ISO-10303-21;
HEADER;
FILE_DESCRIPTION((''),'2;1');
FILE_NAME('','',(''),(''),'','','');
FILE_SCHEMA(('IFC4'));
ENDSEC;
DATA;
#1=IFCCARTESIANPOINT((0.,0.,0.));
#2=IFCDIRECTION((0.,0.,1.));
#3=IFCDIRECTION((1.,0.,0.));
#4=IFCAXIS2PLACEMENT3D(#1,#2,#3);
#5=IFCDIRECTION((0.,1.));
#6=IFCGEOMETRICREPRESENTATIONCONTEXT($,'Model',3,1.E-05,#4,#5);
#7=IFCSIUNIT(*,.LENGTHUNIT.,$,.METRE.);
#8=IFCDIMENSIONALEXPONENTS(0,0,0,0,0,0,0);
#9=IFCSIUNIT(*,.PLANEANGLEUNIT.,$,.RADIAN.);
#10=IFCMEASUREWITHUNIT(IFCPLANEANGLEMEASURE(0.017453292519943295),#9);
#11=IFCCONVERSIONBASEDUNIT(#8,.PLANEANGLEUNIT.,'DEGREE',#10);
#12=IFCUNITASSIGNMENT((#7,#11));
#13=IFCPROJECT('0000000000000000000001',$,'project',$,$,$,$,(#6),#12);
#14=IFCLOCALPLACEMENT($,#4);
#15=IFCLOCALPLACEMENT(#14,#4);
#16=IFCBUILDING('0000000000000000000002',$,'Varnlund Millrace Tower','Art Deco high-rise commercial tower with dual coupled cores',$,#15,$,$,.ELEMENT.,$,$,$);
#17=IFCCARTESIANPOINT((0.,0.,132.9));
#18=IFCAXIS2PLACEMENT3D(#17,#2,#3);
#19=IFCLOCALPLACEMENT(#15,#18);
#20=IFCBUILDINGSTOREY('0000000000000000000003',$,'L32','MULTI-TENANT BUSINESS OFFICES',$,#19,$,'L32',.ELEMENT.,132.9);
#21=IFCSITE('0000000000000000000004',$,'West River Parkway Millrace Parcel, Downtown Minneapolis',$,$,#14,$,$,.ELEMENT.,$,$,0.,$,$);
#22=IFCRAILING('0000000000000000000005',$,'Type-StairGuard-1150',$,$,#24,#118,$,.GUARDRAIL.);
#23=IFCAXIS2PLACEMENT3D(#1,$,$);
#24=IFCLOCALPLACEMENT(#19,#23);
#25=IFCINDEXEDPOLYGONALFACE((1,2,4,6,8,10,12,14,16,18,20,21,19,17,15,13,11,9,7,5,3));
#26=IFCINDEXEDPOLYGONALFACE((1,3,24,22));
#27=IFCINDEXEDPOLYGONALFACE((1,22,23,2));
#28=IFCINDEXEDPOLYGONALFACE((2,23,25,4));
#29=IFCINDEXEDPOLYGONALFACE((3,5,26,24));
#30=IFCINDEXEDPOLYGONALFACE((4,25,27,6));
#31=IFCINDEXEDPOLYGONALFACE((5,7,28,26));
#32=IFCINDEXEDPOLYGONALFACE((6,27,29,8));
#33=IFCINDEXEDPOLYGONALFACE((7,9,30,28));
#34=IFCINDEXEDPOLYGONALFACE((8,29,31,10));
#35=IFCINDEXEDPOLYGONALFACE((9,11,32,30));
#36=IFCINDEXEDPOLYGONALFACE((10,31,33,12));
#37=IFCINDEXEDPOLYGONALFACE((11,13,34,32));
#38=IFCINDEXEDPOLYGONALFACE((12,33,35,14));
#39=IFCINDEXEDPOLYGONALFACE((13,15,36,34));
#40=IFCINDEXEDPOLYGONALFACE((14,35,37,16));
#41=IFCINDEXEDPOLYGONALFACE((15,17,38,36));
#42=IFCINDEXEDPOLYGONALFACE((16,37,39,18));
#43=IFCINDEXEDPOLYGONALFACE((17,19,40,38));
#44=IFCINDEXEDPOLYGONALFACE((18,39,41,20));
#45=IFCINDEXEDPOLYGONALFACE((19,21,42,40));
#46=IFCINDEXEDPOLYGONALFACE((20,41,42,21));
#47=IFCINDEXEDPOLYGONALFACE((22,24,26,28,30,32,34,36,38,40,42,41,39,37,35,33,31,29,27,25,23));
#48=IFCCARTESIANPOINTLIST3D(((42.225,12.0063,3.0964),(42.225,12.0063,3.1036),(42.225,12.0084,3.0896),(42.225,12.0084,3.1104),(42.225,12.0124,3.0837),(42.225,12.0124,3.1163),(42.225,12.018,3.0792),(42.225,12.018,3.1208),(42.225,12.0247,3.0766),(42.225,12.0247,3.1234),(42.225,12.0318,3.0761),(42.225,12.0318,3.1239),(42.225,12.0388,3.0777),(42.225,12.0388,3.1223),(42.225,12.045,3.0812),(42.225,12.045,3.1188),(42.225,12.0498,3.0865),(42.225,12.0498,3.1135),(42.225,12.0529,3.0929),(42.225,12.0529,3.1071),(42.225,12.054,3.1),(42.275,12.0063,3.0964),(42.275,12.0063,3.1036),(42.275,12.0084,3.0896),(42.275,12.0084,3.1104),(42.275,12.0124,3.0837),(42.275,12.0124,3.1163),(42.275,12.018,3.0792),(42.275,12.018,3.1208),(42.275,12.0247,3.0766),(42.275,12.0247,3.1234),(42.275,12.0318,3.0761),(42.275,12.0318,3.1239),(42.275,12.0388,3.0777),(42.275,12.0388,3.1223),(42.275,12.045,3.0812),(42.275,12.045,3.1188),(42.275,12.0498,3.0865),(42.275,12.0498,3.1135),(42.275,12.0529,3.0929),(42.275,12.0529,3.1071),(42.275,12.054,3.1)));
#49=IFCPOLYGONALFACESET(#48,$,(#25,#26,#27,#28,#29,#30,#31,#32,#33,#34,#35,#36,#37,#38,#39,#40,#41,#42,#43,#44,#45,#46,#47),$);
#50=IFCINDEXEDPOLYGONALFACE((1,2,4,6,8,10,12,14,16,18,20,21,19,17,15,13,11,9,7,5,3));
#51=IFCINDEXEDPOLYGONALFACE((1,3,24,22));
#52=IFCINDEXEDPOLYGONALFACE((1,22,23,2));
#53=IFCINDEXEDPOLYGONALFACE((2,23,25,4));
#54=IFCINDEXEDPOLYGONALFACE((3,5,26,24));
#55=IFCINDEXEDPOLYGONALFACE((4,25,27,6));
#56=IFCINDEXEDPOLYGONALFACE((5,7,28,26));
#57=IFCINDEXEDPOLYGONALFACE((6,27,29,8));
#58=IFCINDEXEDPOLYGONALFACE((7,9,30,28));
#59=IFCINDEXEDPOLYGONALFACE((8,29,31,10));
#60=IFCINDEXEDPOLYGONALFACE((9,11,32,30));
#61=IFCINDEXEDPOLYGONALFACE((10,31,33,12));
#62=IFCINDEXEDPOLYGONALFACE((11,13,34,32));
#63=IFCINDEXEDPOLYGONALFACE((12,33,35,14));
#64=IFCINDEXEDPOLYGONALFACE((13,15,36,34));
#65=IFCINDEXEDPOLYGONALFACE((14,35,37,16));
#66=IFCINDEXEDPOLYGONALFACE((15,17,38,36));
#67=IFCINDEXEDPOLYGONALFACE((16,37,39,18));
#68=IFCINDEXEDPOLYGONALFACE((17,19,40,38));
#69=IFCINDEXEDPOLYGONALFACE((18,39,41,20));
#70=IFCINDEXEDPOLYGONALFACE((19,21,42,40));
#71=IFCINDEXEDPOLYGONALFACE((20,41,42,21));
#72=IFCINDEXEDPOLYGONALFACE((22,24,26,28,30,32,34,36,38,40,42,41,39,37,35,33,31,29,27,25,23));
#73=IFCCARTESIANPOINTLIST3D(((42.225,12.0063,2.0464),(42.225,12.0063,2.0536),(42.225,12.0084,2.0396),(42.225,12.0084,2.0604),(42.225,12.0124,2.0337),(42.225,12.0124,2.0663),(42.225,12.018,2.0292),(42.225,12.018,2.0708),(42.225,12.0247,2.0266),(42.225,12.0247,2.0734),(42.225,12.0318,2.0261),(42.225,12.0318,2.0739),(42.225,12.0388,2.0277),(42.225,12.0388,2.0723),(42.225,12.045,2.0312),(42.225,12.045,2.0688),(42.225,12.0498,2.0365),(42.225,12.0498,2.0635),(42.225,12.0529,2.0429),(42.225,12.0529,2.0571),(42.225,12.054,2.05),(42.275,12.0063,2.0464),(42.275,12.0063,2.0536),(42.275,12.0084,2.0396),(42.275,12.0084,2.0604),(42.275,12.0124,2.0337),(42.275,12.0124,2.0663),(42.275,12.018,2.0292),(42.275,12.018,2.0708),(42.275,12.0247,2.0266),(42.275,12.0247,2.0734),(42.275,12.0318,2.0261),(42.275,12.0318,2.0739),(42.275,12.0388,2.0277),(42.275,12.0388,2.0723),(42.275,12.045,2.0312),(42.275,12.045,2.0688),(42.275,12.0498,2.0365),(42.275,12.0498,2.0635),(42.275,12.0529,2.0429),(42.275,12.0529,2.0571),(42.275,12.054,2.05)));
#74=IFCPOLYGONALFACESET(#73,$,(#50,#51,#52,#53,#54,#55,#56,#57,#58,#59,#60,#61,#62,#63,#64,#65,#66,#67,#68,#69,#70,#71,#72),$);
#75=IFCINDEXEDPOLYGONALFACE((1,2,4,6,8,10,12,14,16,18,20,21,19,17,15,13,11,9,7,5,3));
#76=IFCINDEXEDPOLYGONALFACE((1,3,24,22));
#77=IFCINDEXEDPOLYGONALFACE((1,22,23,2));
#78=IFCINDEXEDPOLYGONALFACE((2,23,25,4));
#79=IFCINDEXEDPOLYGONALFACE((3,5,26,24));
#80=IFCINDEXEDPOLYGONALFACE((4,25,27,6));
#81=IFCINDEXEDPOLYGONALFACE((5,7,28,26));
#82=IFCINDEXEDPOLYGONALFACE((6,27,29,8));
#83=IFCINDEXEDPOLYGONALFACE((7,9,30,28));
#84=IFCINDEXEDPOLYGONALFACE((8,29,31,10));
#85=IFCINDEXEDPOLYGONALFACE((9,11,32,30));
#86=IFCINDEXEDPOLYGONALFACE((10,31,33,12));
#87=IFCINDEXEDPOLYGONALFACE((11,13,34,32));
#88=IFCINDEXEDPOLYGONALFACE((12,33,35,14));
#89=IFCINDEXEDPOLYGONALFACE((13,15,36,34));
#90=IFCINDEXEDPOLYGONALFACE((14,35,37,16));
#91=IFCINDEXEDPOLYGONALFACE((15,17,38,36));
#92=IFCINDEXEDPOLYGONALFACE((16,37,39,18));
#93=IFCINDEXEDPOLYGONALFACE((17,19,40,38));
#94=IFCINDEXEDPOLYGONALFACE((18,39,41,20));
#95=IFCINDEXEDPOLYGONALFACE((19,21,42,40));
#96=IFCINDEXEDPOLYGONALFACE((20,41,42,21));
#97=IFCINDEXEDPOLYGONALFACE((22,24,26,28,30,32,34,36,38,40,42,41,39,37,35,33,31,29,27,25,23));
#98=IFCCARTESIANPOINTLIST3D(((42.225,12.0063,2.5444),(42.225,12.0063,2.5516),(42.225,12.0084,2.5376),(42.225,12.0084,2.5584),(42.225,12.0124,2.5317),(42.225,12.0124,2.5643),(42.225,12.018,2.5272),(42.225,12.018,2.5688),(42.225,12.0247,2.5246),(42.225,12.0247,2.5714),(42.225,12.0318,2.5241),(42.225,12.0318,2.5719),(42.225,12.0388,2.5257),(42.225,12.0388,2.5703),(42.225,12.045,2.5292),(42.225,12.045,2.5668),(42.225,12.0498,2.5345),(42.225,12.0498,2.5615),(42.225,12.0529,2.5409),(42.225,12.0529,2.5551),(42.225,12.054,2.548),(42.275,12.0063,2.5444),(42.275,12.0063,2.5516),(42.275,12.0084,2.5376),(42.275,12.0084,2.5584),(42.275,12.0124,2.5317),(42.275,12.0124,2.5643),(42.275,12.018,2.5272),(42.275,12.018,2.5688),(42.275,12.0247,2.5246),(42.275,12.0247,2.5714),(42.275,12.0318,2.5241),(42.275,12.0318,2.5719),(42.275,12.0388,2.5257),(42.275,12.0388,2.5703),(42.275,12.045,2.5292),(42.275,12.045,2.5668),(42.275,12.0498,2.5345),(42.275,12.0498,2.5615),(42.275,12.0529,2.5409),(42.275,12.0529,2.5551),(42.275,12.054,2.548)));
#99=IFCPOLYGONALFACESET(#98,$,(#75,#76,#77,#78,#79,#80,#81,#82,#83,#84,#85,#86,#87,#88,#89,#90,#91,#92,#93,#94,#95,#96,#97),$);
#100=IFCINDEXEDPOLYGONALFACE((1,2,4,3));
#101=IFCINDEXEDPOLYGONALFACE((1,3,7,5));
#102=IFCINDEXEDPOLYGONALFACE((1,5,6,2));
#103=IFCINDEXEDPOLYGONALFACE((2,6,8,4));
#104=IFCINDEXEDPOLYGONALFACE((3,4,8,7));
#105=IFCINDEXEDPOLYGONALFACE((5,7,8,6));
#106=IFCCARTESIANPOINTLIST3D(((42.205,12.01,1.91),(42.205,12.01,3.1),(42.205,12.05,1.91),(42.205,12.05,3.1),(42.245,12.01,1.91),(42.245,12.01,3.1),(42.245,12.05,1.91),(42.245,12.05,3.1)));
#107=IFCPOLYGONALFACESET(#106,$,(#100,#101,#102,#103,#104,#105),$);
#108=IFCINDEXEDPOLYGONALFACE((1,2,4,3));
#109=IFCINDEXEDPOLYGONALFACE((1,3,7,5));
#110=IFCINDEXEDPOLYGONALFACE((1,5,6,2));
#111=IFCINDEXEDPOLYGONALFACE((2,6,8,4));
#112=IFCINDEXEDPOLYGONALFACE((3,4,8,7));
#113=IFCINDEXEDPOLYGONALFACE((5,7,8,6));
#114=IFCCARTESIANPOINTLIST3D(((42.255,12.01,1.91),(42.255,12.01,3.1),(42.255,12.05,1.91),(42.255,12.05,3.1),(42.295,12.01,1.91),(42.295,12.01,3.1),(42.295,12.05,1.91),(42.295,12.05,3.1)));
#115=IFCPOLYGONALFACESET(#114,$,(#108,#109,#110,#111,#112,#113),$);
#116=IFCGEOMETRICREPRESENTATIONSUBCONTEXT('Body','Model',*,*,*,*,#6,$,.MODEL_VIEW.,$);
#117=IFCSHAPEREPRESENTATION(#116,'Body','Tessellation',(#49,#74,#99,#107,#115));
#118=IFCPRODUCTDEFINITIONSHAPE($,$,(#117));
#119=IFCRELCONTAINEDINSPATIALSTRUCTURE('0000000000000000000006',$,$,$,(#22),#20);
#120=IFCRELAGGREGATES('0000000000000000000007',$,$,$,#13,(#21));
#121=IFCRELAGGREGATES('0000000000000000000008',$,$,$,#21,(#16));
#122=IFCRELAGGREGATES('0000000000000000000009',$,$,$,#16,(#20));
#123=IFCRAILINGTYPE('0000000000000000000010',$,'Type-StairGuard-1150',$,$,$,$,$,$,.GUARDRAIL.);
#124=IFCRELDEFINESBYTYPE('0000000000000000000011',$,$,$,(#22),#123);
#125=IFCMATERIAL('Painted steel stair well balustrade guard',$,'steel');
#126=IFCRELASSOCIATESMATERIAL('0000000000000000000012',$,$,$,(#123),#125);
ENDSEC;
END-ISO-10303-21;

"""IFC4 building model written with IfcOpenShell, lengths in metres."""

from ifc_helpers import new_model, entity, si_unit, converted_unit, direction, frame, origin_with_axes, origin_2d_with_axis, place, context, subcontext, project, spatial, rectangle, circle, extrude, material, type_object, element, save


model = new_model("IFC4")

# Units and contexts
model_context = context("Model", 3, precision=1e-05, world=origin_with_axes(), true_north=direction((0.0, 1.0)))
body_context = subcontext(model_context, "Body", "Model", "MODEL_VIEW")
ifc_project = project(units=[si_unit("LENGTHUNIT", "METRE"), converted_unit("PLANEANGLEUNIT", "DEGREE", entity("IfcPlaneAngleMeasure", 0.017453292519943295), si_unit("PLANEANGLEUNIT", "RADIAN"), dimensions=[0, 0, 0, 0, 0, 0, 0])], contexts=[model_context])

# Site, building, storey
site_placement = place(None, origin_with_axes())
site = spatial("IfcSite", under=ifc_project, at=site_placement, Name="West River Parkway Millrace Parcel, Downtown Minneapolis", CompositionType="ELEMENT", RefElevation=0.0)
building_placement = place(site_placement, origin_with_axes())
building = spatial("IfcBuilding", under=site, at=building_placement, Name="Varnlund Millrace Tower", Description="Art Deco high-rise commercial tower with dual coupled cores", CompositionType="ELEMENT")
storey_placement = place(building_placement, frame((0.0, 0.0, 132.9), z_axis=(0.0, 0.0, 1.0), x_axis=(1.0, 0.0, 0.0)))
storey = spatial("IfcBuildingStorey", under=building, at=storey_placement, Name="L32", Description="MULTI-TENANT BUSINESS OFFICES", LongName="L32", CompositionType="ELEMENT", Elevation=132.9)

# Railing
ifc_material_1 = material(Name="Painted steel stair well balustrade guard", Category="steel")
railing_type_1 = type_object("IfcRailingType", Name="Type-StairGuard-1150", PredefinedType="GUARDRAIL", material=ifc_material_1)
railing_1_placement = place(storey_placement, frame((0.0, 0.0, -132.9), z_axis=(0.0, 0.0, 1.0), x_axis=(1.0, 0.0, 0.0)))
element("IfcRailing", 1, at=railing_1_placement, inside=storey, type_object=railing_type_1, Name="Type-StairGuard-1150", PredefinedType="GUARDRAIL", context=body_context, shape_type="SweptSolid", body=[
    extrude(circle(Radius=0.024, at=origin_2d_with_axis()), frame((42.225, 12.03, 136.0), z_axis=(1.0, 0.0, 0.0), x_axis=(0.0, 1.0, 0.0)), (0.0, 0.0, 1.0), 0.05),
    extrude(circle(Radius=0.024, at=origin_2d_with_axis()), frame((42.225, 12.03, 134.95), z_axis=(1.0, 0.0, 0.0), x_axis=(0.0, 1.0, 0.0)), (0.0, 0.0, 1.0), 0.05),
    extrude(circle(Radius=0.024, at=origin_2d_with_axis()), frame((42.225, 12.03, 135.448), z_axis=(1.0, 0.0, 0.0), x_axis=(0.0, 1.0, 0.0)), (0.0, 0.0, 1.0), 0.05),
    extrude(rectangle(XDim=0.04, YDim=0.04, at=origin_2d_with_axis()), frame((42.225, 12.03, 134.81), z_axis=(0.0, 0.0, 1.0), x_axis=(1.0, 0.0, 0.0)), (0.0, 0.0, 1.0), 1.19),
    extrude(rectangle(XDim=0.04, YDim=0.04, at=origin_2d_with_axis()), frame((42.275, 12.03, 134.81), z_axis=(0.0, 0.0, 1.0), x_axis=(1.0, 0.0, 0.0)), (0.0, 0.0, 1.0), 1.19),
])

save(model, "model.ifc")
